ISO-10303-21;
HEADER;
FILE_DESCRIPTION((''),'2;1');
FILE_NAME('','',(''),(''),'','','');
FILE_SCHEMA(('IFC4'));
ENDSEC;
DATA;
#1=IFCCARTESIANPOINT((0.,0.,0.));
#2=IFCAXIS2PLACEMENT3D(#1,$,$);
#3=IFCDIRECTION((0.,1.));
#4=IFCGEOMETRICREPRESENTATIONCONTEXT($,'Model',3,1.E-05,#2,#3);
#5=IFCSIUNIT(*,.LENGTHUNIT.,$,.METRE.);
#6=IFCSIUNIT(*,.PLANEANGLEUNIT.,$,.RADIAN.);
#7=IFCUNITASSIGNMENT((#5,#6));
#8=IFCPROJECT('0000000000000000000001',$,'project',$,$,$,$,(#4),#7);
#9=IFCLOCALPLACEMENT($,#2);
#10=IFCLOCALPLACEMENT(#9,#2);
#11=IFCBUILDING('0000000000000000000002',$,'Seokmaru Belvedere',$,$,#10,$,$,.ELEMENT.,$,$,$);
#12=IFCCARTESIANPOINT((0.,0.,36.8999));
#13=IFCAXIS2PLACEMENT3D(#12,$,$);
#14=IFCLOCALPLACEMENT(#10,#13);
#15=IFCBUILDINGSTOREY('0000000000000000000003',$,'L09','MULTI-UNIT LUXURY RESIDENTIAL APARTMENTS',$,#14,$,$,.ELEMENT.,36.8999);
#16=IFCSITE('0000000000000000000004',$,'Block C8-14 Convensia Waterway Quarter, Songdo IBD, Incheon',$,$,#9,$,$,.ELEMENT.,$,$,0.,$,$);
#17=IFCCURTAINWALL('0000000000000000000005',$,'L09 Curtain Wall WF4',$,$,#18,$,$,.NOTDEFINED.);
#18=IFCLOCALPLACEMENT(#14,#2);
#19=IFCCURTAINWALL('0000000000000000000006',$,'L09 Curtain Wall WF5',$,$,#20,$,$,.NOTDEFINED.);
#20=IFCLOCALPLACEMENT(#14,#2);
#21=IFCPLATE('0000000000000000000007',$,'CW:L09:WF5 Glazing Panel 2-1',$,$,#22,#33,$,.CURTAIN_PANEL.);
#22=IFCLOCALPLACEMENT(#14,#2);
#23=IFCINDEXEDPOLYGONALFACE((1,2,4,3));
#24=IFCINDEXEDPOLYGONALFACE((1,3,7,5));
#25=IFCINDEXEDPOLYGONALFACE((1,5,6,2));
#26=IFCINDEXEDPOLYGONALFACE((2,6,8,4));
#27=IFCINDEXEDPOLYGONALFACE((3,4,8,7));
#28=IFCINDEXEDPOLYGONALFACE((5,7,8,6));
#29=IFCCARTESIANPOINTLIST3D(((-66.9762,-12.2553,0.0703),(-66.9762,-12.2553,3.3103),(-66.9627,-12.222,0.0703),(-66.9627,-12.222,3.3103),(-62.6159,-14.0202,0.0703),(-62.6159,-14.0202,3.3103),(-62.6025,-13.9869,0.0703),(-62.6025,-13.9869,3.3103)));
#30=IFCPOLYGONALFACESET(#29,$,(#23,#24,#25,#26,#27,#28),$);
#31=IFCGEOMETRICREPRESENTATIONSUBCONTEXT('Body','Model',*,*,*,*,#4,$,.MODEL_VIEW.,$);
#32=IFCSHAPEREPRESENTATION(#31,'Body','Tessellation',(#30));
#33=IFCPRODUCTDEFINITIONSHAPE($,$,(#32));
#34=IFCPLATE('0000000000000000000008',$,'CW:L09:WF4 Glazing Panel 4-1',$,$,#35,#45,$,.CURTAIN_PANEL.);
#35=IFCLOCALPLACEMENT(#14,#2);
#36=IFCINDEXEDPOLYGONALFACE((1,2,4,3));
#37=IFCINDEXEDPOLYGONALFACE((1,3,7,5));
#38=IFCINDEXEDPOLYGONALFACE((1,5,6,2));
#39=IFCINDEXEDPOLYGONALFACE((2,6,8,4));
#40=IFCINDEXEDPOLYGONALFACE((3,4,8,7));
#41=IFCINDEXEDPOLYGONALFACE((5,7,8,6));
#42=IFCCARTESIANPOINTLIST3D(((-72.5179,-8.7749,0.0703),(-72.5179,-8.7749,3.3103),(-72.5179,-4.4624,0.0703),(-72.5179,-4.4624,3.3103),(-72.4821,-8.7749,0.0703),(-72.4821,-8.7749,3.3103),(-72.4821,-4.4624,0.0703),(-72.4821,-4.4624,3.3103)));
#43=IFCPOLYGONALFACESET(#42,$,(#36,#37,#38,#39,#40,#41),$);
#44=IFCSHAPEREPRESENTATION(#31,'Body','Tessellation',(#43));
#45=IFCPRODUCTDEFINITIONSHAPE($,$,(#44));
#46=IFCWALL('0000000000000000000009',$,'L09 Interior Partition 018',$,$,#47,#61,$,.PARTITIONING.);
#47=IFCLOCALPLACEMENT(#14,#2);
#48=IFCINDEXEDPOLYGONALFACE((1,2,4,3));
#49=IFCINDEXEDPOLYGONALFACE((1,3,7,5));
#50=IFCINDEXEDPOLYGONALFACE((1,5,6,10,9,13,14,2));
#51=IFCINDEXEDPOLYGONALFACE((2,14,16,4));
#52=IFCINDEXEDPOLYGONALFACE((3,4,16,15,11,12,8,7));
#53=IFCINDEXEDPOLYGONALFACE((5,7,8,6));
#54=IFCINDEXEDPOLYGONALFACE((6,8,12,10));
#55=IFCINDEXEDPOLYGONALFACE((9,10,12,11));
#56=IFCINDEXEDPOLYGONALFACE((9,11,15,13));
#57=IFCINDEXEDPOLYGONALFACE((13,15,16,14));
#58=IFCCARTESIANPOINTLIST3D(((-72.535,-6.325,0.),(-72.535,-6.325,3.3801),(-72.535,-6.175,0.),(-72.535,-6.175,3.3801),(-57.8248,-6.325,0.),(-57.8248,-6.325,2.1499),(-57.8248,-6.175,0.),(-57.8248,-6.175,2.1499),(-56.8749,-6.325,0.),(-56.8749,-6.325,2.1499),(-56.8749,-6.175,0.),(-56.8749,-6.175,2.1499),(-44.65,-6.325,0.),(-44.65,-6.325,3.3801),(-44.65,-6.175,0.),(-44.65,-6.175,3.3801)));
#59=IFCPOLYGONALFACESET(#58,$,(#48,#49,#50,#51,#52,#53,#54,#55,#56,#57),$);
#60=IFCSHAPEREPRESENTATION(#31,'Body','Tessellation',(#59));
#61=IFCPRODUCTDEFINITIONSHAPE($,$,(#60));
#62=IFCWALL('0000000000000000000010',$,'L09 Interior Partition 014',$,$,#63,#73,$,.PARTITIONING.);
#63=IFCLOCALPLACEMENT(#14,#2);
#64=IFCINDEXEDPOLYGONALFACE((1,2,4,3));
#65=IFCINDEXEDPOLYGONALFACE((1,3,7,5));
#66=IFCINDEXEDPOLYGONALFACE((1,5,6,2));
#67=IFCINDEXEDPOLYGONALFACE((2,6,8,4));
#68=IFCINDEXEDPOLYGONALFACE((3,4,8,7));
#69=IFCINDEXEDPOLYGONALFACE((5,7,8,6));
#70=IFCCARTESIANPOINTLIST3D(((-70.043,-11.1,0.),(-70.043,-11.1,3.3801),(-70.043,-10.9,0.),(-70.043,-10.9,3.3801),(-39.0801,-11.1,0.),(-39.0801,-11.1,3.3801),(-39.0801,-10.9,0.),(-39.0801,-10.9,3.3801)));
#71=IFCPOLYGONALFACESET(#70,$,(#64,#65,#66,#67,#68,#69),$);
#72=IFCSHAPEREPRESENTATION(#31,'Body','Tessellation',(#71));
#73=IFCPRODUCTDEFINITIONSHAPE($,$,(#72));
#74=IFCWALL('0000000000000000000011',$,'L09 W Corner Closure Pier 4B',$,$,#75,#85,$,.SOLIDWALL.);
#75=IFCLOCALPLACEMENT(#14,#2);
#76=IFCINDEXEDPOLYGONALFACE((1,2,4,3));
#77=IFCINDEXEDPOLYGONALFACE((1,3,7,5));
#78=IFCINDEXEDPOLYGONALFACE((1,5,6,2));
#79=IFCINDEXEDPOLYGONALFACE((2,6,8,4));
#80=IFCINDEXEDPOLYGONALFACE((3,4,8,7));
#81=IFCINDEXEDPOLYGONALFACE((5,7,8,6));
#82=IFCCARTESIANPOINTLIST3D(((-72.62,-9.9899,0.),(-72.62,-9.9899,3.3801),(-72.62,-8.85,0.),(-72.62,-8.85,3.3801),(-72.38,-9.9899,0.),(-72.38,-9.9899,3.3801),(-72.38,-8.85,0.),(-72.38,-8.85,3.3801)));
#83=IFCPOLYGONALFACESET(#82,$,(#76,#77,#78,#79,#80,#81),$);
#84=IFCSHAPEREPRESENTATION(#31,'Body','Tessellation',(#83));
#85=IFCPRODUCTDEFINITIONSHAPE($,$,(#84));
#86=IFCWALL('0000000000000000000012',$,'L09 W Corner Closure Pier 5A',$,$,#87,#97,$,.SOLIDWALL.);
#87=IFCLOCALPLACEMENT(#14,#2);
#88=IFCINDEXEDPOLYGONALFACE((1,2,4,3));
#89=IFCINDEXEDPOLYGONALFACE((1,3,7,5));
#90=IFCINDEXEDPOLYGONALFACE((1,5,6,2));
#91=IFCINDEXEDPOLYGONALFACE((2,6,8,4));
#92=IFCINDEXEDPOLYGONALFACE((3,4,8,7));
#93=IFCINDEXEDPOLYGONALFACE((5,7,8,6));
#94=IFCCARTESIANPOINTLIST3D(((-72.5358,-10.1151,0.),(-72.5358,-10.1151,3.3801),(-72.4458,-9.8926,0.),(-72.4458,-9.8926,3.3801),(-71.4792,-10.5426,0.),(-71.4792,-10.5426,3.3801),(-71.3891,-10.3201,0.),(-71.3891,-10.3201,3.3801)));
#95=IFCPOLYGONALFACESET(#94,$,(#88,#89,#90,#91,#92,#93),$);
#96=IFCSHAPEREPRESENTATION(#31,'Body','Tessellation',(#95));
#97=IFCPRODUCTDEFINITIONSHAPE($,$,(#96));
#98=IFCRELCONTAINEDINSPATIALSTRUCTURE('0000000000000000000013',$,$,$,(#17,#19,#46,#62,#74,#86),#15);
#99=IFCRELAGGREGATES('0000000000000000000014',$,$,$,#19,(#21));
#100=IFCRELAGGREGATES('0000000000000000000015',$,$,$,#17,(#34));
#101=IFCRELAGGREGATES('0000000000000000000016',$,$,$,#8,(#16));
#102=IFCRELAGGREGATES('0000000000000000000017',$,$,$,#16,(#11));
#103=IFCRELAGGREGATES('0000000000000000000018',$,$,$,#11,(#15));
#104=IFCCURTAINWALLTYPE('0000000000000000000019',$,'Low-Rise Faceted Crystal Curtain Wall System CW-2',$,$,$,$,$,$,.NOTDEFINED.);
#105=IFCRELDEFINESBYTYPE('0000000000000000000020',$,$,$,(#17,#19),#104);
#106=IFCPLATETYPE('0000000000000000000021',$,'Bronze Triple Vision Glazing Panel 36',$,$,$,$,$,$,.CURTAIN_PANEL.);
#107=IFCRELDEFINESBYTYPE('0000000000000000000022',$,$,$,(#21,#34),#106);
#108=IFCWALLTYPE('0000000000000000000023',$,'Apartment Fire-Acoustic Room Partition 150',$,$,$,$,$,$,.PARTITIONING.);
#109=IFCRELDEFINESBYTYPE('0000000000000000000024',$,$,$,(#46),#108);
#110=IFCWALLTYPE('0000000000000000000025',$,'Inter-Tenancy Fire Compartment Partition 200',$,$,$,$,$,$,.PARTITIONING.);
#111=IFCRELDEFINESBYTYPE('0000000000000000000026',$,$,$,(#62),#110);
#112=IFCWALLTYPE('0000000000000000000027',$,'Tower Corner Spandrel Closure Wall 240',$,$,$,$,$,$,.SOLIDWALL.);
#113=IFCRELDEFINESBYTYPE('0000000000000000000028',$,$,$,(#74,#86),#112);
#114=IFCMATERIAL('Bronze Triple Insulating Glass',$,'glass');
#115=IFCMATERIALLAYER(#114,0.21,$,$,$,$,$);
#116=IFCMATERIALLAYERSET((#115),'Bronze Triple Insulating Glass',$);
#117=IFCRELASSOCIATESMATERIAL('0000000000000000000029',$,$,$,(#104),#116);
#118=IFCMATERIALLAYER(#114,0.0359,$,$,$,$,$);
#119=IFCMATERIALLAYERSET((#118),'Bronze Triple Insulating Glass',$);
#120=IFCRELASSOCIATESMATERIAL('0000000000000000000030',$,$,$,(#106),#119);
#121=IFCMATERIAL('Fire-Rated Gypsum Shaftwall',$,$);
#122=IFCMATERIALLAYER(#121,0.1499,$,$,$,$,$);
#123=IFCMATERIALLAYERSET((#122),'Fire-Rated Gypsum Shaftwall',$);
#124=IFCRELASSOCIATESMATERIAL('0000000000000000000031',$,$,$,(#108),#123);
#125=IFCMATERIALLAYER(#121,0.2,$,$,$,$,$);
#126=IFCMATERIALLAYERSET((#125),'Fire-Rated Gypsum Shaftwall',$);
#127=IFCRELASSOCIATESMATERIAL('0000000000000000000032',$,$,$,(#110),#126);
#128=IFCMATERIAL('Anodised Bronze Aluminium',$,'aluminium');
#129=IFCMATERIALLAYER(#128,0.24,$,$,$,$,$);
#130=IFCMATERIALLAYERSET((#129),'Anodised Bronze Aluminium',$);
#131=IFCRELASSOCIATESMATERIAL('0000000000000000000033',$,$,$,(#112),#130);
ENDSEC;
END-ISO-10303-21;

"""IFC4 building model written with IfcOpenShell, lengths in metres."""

from ifc_helpers import new_model, si_unit, direction, frame, frame_2d, origin, origin_2d, place, context, subcontext, project, spatial, rectangle, extrude, source, transform, mapped, material, layer, layer_set, type_object, element, aggregate, save


model = new_model("IFC4")

# Units and contexts
model_context = context("Model", 3, precision=1e-05, world=origin(), true_north=direction((0.0, 1.0)))
body_context = subcontext(model_context, "Body", "Model", "MODEL_VIEW")
ifc_project = project(units=[si_unit("LENGTHUNIT", "METRE"), si_unit("PLANEANGLEUNIT", "RADIAN")], contexts=[model_context])

# Site, building, storey
site_placement = place(None, origin())
site = spatial("IfcSite", under=ifc_project, at=site_placement, Name="Block C8-14 Convensia Waterway Quarter, Songdo IBD, Incheon", CompositionType="ELEMENT", RefElevation=0.0)
building_placement = place(site_placement, origin())
building = spatial("IfcBuilding", under=site, at=building_placement, Name="Seokmaru Belvedere", CompositionType="ELEMENT")
storey_placement = place(building_placement, frame((0.0, 0.0, 36.8999)))
storey = spatial("IfcBuildingStorey", under=building, at=storey_placement, Name="L09", Description="MULTI-UNIT LUXURY RESIDENTIAL APARTMENTS", CompositionType="ELEMENT", Elevation=36.8999)

# Curtain walls
ifc_material_1 = material(Name="Bronze Triple Insulating Glass", Category="glass")
ifc_layer_1 = layer(ifc_material_1, 0.21)
ifc_layer_set_1 = layer_set([ifc_layer_1], Name="Bronze Triple Insulating Glass")
curtain_wall_type = type_object("IfcCurtainWallType", Name="Low-Rise Faceted Crystal Curtain Wall System CW-2", PredefinedType="NOTDEFINED", material=ifc_layer_set_1)
curtain_wall_1_placement = place(storey_placement, origin())
curtain_wall_1 = element("IfcCurtainWall", 1, at=curtain_wall_1_placement, inside=storey, type_object=curtain_wall_type, Name="L09 Curtain Wall WF4", PredefinedType="NOTDEFINED")
ifc_material_2 = material(Name="Anodised Bronze Aluminium", Category="aluminium")
curtain_wall_2_placement = place(storey_placement, origin())
curtain_wall_2 = element("IfcCurtainWall", 2, at=curtain_wall_2_placement, inside=storey, type_object=curtain_wall_type, Name="L09 Curtain Wall WF5", PredefinedType="NOTDEFINED")

# Plates
ifc_layer_2 = layer(ifc_material_1, 0.0359)
ifc_layer_set_2 = layer_set([ifc_layer_2], Name="Bronze Triple Insulating Glass")
plate_type = type_object("IfcPlateType", Name="Bronze Triple Vision Glazing Panel 36", PredefinedType="CURTAIN_PANEL", material=ifc_layer_set_2)
shared_shape_1 = source(origin(), body_context, "Body", "SweptSolid", [
    extrude(rectangle(XDim=4.7039, YDim=0.0359, at=origin_2d()), origin(), (0.0, 0.0, 1.0), 3.24),
])
plate_1_placement = place(storey_placement, frame((-64.7893, -13.1211, 0.0703), z_axis=(0.0, 0.0, 1.0), x_axis=(0.926947, -0.375192, 0.0)))
plate_1 = element("IfcPlate", 3, at=plate_1_placement, type_object=plate_type, Name="CW:L09:WF5 Glazing Panel 2-1", PredefinedType="CURTAIN_PANEL", context=body_context, shape_type="MappedRepresentation", body=[
    mapped(shared_shape_1, transform((0.0, 0.0, 0.0), scale=1.0)),
])
aggregate(curtain_wall_2, [plate_1])
shared_shape_2 = source(origin(), body_context, "Body", "SweptSolid", [
    extrude(rectangle(XDim=4.3125, YDim=0.0359, at=origin_2d()), origin(), (0.0, 0.0, 1.0), 3.24),
])
plate_2_placement = place(storey_placement, frame((-72.5, -6.6187, 0.0703), z_axis=(0.0, 0.0, 1.0), x_axis=(0.0, -1.0, 0.0)))
plate_2 = element("IfcPlate", 4, at=plate_2_placement, type_object=plate_type, Name="CW:L09:WF4 Glazing Panel 4-1", PredefinedType="CURTAIN_PANEL", context=body_context, shape_type="MappedRepresentation", body=[
    mapped(shared_shape_2, transform((0.0, 0.0, 0.0), scale=1.0)),
])
aggregate(curtain_wall_1, [plate_2])

# Wall, opening
ifc_material_3 = material(Name="Fire-Rated Gypsum Shaftwall")
ifc_layer_3 = layer(ifc_material_3, 0.1499)
ifc_layer_set_3 = layer_set([ifc_layer_3], Name="Fire-Rated Gypsum Shaftwall")
wall_type_1 = type_object("IfcWallType", Name="Apartment Fire-Acoustic Room Partition 150", PredefinedType="PARTITIONING", material=ifc_layer_set_3)
wall_1_placement = place(storey_placement, frame((-72.5349, -6.25, 0.0), z_axis=(0.0, 0.0, 1.0), x_axis=(1.0, 0.0, 0.0)))
wall_1 = element("IfcWall", 5, at=wall_1_placement, inside=storey, type_object=wall_type_1, Name="L09 Interior Partition 018", PredefinedType="PARTITIONING", context=body_context, shape_type="SweptSolid", body=[
    extrude(rectangle(XDim=27.885, YDim=0.1499, at=frame_2d((13.9424, 0.0))), origin(), (0.0, 0.0, 1.0), 3.3801),
])
opening_placement = place(wall_1_placement, frame((14.71, 0.0, 0.0)))
element("IfcOpeningElement", 6, at=opening_placement, cuts=wall_1, PredefinedType="OPENING", context=body_context, shape_type="SweptSolid", body=[
    extrude(rectangle(XDim=0.95, YDim=2.1499, at=frame_2d((0.4751, 1.075))), frame((0.0, 0.085, 0.0), z_axis=(0.0, -1.0, 0.0), x_axis=(1.0, 0.0, 0.0)), (0.0, 0.0, 1.0), 0.1699),
])

# Walls
ifc_layer_4 = layer(ifc_material_3, 0.2)
ifc_layer_set_4 = layer_set([ifc_layer_4], Name="Fire-Rated Gypsum Shaftwall")
wall_type_2 = type_object("IfcWallType", Name="Inter-Tenancy Fire Compartment Partition 200", PredefinedType="PARTITIONING", material=ifc_layer_set_4)
wall_2_placement = place(storey_placement, frame((-70.043, -11.0, 0.0), z_axis=(0.0, 0.0, 1.0), x_axis=(1.0, 0.0, 0.0)))
element("IfcWall", 7, at=wall_2_placement, inside=storey, type_object=wall_type_2, Name="L09 Interior Partition 014", PredefinedType="PARTITIONING", context=body_context, shape_type="SweptSolid", body=[
    extrude(rectangle(XDim=30.9629, YDim=0.2, at=frame_2d((15.4814, 0.0))), origin(), (0.0, 0.0, 1.0), 3.3801),
])
ifc_layer_5 = layer(ifc_material_2, 0.24)
ifc_layer_set_5 = layer_set([ifc_layer_5], Name="Anodised Bronze Aluminium")
wall_type_3 = type_object("IfcWallType", Name="Tower Corner Spandrel Closure Wall 240", PredefinedType="SOLIDWALL", material=ifc_layer_set_5)
for number, where, z_axis, x_axis, name in (
    (8, (-72.5, -8.8501, 0.0), (0.0, 0.0, 1.0), (0.0, -1.0, 0.0), "L09 W Corner Closure Pier 4B"),
    (9, (-72.4907, -10.0039, 0.0), (0.0, 0.0, 1.0), (0.927007, -0.375044, 0.0), "L09 W Corner Closure Pier 5A"),
):
    element("IfcWall", number, at=place(storey_placement, frame(where, z_axis=z_axis, x_axis=x_axis)), inside=storey, type_object=wall_type_3, Name=name, PredefinedType="SOLIDWALL", context=body_context, shape_type="SweptSolid", body=[
        extrude(rectangle(XDim=1.1399, YDim=0.24, at=frame_2d((0.5698, 0.0))), origin(), (0.0, 0.0, 1.0), 3.3801),
    ])

save(model, "model.ifc")
